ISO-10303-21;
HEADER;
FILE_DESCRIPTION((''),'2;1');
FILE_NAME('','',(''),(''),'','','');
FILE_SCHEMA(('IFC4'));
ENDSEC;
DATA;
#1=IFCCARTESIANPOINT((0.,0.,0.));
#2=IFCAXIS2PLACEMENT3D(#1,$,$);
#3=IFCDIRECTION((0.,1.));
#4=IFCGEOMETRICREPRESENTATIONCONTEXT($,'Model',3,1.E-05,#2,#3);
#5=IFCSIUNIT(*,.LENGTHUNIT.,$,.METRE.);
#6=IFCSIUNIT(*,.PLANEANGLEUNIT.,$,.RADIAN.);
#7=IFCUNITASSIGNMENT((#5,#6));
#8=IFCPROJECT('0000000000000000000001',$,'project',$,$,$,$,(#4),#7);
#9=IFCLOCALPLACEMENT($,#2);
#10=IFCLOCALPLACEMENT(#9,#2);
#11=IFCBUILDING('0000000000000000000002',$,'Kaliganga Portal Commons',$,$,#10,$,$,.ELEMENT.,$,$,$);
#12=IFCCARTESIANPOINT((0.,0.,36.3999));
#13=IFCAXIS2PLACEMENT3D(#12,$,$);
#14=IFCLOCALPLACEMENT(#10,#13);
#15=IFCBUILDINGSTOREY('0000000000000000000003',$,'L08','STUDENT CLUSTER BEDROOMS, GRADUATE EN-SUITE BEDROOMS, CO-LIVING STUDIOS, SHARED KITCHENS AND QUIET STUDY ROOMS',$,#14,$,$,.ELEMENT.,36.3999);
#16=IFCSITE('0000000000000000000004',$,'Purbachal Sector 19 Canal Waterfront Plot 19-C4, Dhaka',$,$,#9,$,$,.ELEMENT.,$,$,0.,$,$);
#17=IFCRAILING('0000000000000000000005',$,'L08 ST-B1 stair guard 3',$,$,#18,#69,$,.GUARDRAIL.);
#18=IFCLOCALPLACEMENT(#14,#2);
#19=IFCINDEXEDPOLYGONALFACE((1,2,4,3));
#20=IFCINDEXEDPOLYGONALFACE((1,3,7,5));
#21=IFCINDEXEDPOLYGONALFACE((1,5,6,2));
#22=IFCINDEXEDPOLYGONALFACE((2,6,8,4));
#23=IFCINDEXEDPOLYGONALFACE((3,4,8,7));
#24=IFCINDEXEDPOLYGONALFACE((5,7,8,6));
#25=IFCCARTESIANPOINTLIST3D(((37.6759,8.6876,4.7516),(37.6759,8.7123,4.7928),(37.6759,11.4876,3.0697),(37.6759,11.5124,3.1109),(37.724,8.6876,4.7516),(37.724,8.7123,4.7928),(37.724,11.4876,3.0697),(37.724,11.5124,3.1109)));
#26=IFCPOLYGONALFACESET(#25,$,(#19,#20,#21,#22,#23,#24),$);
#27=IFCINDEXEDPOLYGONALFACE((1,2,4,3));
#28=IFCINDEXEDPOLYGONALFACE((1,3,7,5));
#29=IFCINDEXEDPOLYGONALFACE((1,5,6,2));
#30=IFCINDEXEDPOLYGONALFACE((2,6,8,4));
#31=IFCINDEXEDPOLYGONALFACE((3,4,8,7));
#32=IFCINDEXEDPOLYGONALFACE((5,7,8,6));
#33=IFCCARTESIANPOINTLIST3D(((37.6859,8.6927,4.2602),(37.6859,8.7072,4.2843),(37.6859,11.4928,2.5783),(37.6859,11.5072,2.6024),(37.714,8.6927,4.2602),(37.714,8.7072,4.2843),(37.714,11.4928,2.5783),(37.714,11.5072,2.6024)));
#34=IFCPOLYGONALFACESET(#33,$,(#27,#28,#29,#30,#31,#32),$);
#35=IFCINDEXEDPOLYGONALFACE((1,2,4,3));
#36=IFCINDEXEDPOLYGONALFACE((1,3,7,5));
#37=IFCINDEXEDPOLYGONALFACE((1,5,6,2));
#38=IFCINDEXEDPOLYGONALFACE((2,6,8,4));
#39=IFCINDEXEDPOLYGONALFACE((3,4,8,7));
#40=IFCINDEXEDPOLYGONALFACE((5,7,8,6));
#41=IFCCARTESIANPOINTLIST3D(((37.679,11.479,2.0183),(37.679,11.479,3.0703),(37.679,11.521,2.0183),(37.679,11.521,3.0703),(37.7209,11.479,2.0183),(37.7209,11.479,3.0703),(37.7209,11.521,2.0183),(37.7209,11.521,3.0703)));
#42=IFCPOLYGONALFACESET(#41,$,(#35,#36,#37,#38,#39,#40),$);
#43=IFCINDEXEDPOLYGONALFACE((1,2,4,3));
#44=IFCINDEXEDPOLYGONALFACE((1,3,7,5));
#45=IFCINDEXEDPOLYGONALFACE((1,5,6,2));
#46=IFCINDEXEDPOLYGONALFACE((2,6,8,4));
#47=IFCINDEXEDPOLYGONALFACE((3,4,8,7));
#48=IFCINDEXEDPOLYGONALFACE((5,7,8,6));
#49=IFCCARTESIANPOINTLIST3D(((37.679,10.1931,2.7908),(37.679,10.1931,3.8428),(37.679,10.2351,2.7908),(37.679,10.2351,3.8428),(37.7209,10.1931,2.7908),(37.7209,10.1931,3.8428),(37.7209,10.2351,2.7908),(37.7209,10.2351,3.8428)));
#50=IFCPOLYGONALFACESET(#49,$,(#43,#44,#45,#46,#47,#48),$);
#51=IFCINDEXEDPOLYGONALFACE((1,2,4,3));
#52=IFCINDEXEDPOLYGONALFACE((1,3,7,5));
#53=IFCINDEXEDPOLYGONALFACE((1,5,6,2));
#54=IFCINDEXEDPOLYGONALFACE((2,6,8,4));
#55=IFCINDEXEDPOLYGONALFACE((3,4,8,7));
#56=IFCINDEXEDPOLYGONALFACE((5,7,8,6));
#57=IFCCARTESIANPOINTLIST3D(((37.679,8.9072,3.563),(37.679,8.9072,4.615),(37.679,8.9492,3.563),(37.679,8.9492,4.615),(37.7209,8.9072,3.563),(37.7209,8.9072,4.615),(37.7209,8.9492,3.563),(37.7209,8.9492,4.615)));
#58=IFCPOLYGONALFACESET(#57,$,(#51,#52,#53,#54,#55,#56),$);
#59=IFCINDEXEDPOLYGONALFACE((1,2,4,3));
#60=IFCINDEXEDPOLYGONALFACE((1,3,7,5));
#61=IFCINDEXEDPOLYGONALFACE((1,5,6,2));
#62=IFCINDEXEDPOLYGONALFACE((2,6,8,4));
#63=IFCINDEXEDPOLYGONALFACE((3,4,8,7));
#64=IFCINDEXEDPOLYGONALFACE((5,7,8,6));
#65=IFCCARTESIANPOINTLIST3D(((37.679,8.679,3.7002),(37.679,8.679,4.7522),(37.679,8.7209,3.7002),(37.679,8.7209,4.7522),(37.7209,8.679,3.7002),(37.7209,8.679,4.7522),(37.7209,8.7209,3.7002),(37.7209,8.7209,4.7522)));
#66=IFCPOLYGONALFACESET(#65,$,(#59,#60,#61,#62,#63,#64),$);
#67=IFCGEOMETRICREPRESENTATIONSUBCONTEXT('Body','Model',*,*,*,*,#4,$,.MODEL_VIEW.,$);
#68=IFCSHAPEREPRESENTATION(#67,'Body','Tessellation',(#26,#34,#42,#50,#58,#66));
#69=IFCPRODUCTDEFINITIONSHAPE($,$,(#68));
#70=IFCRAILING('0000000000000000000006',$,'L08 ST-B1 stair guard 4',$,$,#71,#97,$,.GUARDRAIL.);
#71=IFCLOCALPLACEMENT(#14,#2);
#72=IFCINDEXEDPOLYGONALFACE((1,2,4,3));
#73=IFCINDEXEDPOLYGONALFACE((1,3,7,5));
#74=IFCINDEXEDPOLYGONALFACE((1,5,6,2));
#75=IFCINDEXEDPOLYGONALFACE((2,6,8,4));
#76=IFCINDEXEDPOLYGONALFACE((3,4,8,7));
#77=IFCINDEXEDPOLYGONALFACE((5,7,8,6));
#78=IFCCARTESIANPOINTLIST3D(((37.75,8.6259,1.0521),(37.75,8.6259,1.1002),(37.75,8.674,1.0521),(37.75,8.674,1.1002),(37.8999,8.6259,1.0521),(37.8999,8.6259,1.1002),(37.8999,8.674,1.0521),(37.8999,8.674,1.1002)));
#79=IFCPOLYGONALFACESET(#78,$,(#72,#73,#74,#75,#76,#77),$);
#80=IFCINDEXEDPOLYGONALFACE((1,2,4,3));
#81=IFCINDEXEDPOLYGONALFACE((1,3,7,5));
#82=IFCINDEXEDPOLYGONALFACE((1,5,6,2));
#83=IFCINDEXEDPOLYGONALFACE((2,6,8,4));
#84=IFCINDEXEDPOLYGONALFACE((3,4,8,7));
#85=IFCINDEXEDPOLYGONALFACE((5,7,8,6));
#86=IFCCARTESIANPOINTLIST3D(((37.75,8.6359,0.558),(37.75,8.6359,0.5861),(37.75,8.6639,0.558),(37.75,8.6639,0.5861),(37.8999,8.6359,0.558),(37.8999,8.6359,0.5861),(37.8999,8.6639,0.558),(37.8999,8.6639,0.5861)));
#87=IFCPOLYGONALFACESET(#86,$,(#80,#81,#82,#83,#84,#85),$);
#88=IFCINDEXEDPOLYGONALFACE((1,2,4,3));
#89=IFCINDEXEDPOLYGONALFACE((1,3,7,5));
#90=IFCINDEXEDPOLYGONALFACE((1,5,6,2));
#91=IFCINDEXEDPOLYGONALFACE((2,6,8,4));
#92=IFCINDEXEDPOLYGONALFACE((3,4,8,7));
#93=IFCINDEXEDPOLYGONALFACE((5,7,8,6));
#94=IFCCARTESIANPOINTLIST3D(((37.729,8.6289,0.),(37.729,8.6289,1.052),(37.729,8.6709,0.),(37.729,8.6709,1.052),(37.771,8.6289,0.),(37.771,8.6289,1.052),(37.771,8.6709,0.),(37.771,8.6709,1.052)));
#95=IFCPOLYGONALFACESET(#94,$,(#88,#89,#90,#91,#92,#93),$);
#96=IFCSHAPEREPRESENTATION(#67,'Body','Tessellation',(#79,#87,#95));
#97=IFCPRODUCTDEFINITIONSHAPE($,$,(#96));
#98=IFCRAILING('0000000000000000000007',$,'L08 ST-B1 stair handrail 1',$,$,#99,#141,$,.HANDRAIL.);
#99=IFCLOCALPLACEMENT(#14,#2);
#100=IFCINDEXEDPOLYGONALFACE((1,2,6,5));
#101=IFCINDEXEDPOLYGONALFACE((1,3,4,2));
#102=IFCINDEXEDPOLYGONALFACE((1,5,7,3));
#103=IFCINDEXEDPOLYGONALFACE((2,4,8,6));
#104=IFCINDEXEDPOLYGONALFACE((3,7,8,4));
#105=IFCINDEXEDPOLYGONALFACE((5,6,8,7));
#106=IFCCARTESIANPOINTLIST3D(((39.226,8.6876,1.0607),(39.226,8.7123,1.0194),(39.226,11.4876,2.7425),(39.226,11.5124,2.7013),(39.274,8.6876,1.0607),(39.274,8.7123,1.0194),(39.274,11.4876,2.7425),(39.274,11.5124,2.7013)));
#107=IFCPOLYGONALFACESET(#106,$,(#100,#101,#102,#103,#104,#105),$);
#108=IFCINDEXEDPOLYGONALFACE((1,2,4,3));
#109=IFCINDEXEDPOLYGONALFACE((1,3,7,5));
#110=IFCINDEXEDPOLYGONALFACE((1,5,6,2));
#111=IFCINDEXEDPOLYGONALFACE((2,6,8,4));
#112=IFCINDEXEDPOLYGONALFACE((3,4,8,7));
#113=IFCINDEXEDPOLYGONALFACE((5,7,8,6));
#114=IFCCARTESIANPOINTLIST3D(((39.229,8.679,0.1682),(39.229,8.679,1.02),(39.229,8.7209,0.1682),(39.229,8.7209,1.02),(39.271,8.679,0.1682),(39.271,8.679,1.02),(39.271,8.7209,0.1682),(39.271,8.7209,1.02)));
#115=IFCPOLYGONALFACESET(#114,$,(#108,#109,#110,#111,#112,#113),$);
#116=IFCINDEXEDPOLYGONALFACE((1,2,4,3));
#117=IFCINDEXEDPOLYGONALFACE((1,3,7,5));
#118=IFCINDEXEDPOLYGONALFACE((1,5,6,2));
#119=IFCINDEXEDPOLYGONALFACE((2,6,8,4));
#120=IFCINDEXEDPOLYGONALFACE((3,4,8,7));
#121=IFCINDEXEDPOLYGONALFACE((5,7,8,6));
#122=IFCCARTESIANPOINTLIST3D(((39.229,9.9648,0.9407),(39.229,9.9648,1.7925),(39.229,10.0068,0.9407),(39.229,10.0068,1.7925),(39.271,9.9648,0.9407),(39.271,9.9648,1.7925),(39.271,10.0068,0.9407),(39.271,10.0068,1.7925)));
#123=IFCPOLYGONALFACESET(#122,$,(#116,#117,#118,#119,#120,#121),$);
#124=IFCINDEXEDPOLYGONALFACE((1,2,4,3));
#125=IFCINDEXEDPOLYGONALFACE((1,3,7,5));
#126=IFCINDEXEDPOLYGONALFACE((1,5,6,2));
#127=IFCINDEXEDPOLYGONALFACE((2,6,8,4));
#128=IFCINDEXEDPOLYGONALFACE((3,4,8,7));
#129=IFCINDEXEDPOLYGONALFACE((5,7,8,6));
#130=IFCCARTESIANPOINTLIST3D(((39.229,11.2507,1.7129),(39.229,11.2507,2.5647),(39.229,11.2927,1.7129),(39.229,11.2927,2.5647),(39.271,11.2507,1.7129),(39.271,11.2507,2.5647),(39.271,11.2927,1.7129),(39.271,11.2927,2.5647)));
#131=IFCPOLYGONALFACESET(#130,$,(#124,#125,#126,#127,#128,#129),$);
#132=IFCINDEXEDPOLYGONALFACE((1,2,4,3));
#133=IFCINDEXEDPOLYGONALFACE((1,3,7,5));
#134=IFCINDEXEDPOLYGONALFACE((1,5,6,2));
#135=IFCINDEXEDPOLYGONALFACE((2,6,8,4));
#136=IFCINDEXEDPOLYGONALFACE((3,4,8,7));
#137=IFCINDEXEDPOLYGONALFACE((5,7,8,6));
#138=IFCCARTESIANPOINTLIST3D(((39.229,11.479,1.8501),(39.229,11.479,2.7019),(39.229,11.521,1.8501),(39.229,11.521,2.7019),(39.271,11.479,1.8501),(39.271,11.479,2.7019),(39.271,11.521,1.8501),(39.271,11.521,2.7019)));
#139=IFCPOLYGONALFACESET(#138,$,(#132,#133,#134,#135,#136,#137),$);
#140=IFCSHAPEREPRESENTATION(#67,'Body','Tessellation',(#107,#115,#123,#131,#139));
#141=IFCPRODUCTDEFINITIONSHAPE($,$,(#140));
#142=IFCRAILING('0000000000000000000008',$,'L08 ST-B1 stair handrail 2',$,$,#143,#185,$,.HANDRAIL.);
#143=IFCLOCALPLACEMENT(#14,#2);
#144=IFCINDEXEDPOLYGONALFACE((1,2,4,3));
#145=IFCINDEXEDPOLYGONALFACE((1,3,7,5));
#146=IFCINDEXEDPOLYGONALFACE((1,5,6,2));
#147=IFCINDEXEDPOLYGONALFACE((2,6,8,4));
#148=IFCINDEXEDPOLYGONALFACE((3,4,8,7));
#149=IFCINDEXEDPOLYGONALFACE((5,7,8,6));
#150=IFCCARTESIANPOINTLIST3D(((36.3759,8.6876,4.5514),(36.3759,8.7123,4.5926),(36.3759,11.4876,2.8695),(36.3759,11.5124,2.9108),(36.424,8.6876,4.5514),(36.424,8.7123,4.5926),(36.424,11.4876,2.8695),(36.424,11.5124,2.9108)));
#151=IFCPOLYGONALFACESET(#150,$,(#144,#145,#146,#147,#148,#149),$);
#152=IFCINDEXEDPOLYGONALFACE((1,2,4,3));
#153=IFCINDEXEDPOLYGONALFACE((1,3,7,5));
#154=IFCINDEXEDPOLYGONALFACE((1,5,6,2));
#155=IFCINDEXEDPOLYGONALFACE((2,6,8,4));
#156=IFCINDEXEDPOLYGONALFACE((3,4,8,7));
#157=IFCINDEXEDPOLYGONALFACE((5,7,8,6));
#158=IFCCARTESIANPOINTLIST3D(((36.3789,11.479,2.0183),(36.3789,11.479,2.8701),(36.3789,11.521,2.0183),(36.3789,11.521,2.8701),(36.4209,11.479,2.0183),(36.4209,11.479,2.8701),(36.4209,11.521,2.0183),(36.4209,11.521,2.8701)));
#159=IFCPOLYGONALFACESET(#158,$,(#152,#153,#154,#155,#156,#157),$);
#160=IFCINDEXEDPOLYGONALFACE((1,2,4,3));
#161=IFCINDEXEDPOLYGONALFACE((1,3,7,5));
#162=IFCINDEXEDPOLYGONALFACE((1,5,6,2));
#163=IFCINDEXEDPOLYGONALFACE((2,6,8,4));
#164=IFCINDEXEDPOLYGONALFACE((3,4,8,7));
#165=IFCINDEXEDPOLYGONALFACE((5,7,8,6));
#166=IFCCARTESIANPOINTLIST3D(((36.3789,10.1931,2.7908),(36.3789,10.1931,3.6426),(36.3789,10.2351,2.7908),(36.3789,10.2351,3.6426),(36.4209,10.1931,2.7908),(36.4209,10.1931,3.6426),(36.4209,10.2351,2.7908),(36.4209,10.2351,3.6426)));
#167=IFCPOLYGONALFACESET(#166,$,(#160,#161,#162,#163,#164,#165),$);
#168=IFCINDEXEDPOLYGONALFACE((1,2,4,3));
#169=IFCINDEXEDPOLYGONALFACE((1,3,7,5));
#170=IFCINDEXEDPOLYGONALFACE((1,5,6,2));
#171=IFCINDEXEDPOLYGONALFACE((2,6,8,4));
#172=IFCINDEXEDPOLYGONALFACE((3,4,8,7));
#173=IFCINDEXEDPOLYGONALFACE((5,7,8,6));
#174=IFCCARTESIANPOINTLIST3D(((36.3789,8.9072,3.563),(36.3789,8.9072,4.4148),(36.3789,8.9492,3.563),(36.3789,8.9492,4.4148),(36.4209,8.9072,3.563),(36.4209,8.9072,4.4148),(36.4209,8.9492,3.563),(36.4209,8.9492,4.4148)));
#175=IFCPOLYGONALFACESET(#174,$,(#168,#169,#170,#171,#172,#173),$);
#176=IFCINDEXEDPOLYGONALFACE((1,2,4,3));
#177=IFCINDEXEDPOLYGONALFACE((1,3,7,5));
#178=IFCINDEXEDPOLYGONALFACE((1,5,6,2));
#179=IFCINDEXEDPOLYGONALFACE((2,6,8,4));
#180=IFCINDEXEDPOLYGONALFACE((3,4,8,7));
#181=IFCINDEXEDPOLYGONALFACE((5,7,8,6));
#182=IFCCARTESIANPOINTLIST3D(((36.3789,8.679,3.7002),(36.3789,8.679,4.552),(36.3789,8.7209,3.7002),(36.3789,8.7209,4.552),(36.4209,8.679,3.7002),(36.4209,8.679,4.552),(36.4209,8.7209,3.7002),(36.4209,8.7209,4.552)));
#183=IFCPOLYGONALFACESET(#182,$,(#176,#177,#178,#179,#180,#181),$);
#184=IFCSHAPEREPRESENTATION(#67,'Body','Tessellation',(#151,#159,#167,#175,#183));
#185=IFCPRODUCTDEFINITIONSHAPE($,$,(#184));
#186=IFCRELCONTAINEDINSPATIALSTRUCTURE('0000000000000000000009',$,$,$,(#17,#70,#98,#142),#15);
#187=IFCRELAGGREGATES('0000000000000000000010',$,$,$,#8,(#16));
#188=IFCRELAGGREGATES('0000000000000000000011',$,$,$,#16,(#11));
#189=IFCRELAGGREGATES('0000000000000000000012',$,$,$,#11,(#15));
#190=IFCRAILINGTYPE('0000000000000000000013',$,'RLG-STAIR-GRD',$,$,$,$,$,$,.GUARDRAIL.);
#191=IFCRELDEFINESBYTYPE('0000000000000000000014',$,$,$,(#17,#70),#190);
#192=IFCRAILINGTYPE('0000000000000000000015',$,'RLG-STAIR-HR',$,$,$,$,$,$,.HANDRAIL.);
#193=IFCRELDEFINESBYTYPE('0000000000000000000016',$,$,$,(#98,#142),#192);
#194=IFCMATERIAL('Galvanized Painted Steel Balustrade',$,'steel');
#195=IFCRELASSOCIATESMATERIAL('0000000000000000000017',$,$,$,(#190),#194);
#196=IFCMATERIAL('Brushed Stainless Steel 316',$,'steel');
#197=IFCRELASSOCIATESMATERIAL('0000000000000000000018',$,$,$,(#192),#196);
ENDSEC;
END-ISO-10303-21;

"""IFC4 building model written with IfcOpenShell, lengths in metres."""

from ifc_helpers import new_model, si_unit, direction, frame, origin, origin_2d, place, context, subcontext, project, spatial, rectangle, extrude, material, type_object, element, save


model = new_model("IFC4")

# Units and contexts
model_context = context("Model", 3, precision=1e-05, world=origin(), true_north=direction((0.0, 1.0)))
body_context = subcontext(model_context, "Body", "Model", "MODEL_VIEW")
ifc_project = project(units=[si_unit("LENGTHUNIT", "METRE"), si_unit("PLANEANGLEUNIT", "RADIAN")], contexts=[model_context])

# Site, building, storey
site_placement = place(None, origin())
site = spatial("IfcSite", under=ifc_project, at=site_placement, Name="Purbachal Sector 19 Canal Waterfront Plot 19-C4, Dhaka", CompositionType="ELEMENT", RefElevation=0.0)
building_placement = place(site_placement, origin())
building = spatial("IfcBuilding", under=site, at=building_placement, Name="Kaliganga Portal Commons", CompositionType="ELEMENT")
storey_placement = place(building_placement, frame((0.0, 0.0, 36.3999)))
storey = spatial("IfcBuildingStorey", under=building, at=storey_placement, Name="L08", Description="STUDENT CLUSTER BEDROOMS, GRADUATE EN-SUITE BEDROOMS, CO-LIVING STUDIOS, SHARED KITCHENS AND QUIET STUDY ROOMS", CompositionType="ELEMENT", Elevation=36.3999)

# Railings
ifc_material_1 = material(Name="Galvanized Painted Steel Balustrade", Category="steel")
railing_type_1 = type_object("IfcRailingType", Name="RLG-STAIR-GRD", PredefinedType="GUARDRAIL", material=ifc_material_1)
railing_1_placement = place(storey_placement, frame((37.7, 11.5, 2.0183)))
element("IfcRailing", 1, at=railing_1_placement, inside=storey, type_object=railing_type_1, Name="L08 ST-B1 stair guard 3", PredefinedType="GUARDRAIL", context=body_context, shape_type="SweptSolid", body=[
    extrude(rectangle(XDim=0.0481, YDim=0.0481, at=origin_2d()), frame((0.0, 0.0, 1.072), z_axis=(0.0, -0.857242, 0.514913), x_axis=(1.0, 0.0, 0.0)), (0.0, 0.0, 1.0), 3.2664),
    extrude(rectangle(XDim=0.0281, YDim=0.0281, at=origin_2d()), frame((0.0, 0.0, 0.572), z_axis=(0.0, -0.857242, 0.514913), x_axis=(1.0, 0.0, 0.0)), (0.0, 0.0, 1.0), 3.2664),
    extrude(rectangle(XDim=0.042, YDim=0.042, at=origin_2d()), origin(), (0.0, 0.0, 1.0), 1.052),
    extrude(rectangle(XDim=0.042, YDim=0.042, at=origin_2d()), frame((0.0, -1.2859, 0.7725)), (0.0, 0.0, 1.0), 1.052),
    extrude(rectangle(XDim=0.042, YDim=0.042, at=origin_2d()), frame((0.0, -2.5718, 1.5447)), (0.0, 0.0, 1.0), 1.052),
    extrude(rectangle(XDim=0.042, YDim=0.042, at=origin_2d()), frame((0.0, -2.8, 1.6819)), (0.0, 0.0, 1.0), 1.052),
])
railing_2_placement = place(storey_placement, frame((37.8999, 8.6499, 0.0)))
element("IfcRailing", 2, at=railing_2_placement, inside=storey, type_object=railing_type_1, Name="L08 ST-B1 stair guard 4", PredefinedType="GUARDRAIL", context=body_context, shape_type="SweptSolid", body=[
    extrude(rectangle(XDim=0.0481, YDim=0.0481, at=origin_2d()), frame((0.0, 0.0, 1.0762), z_axis=(-1.0, 0.0, 0.0), x_axis=(0.0, -1.0, 0.0)), (0.0, 0.0, 1.0), 0.1499),
    extrude(rectangle(XDim=0.0281, YDim=0.0281, at=origin_2d()), frame((0.0, 0.0, 0.572), z_axis=(-1.0, 0.0, 0.0), x_axis=(0.0, -1.0, 0.0)), (0.0, 0.0, 1.0), 0.1499),
    extrude(rectangle(XDim=0.042, YDim=0.042, at=origin_2d()), frame((-0.1499, 0.0, 0.0)), (0.0, 0.0, 1.0), 1.052),
])
ifc_material_2 = material(Name="Brushed Stainless Steel 316", Category="steel")
railing_type_2 = type_object("IfcRailingType", Name="RLG-STAIR-HR", PredefinedType="HANDRAIL", material=ifc_material_2)
railing_3_placement = place(storey_placement, frame((39.25, 8.7, 0.1682)))
element("IfcRailing", 3, at=railing_3_placement, inside=storey, type_object=railing_type_2, Name="L08 ST-B1 stair handrail 1", PredefinedType="HANDRAIL", context=body_context, shape_type="SweptSolid", body=[
    extrude(rectangle(XDim=0.0481, YDim=0.0481, at=origin_2d()), frame((0.0, 0.0, 0.8718), z_axis=(0.0, 0.857242, 0.514913), x_axis=(-1.0, 0.0, 0.0)), (0.0, 0.0, 1.0), 3.2664),
    extrude(rectangle(XDim=0.042, YDim=0.042, at=origin_2d()), origin(), (0.0, 0.0, 1.0), 0.8518),
    extrude(rectangle(XDim=0.042, YDim=0.042, at=origin_2d()), frame((0.0, 1.2859, 0.7725)), (0.0, 0.0, 1.0), 0.8518),
    extrude(rectangle(XDim=0.042, YDim=0.042, at=origin_2d()), frame((0.0, 2.5718, 1.5447)), (0.0, 0.0, 1.0), 0.8518),
    extrude(rectangle(XDim=0.042, YDim=0.042, at=origin_2d()), frame((0.0, 2.8, 1.6819)), (0.0, 0.0, 1.0), 0.8518),
])
railing_4_placement = place(storey_placement, frame((36.3999, 11.5, 2.0183)))
element("IfcRailing", 4, at=railing_4_placement, inside=storey, type_object=railing_type_2, Name="L08 ST-B1 stair handrail 2", PredefinedType="HANDRAIL", context=body_context, shape_type="SweptSolid", body=[
    extrude(rectangle(XDim=0.0481, YDim=0.0481, at=origin_2d()), frame((0.0, 0.0, 0.8718), z_axis=(0.0, -0.857242, 0.514913), x_axis=(1.0, 0.0, 0.0)), (0.0, 0.0, 1.0), 3.2664),
    extrude(rectangle(XDim=0.042, YDim=0.042, at=origin_2d()), origin(), (0.0, 0.0, 1.0), 0.8518),
    extrude(rectangle(XDim=0.042, YDim=0.042, at=origin_2d()), frame((0.0, -1.2859, 0.7725)), (0.0, 0.0, 1.0), 0.8518),
    extrude(rectangle(XDim=0.042, YDim=0.042, at=origin_2d()), frame((0.0, -2.5718, 1.5447)), (0.0, 0.0, 1.0), 0.8518),
    extrude(rectangle(XDim=0.042, YDim=0.042, at=origin_2d()), frame((0.0, -2.8, 1.6819)), (0.0, 0.0, 1.0), 0.8518),
])

save(model, "model.ifc")
